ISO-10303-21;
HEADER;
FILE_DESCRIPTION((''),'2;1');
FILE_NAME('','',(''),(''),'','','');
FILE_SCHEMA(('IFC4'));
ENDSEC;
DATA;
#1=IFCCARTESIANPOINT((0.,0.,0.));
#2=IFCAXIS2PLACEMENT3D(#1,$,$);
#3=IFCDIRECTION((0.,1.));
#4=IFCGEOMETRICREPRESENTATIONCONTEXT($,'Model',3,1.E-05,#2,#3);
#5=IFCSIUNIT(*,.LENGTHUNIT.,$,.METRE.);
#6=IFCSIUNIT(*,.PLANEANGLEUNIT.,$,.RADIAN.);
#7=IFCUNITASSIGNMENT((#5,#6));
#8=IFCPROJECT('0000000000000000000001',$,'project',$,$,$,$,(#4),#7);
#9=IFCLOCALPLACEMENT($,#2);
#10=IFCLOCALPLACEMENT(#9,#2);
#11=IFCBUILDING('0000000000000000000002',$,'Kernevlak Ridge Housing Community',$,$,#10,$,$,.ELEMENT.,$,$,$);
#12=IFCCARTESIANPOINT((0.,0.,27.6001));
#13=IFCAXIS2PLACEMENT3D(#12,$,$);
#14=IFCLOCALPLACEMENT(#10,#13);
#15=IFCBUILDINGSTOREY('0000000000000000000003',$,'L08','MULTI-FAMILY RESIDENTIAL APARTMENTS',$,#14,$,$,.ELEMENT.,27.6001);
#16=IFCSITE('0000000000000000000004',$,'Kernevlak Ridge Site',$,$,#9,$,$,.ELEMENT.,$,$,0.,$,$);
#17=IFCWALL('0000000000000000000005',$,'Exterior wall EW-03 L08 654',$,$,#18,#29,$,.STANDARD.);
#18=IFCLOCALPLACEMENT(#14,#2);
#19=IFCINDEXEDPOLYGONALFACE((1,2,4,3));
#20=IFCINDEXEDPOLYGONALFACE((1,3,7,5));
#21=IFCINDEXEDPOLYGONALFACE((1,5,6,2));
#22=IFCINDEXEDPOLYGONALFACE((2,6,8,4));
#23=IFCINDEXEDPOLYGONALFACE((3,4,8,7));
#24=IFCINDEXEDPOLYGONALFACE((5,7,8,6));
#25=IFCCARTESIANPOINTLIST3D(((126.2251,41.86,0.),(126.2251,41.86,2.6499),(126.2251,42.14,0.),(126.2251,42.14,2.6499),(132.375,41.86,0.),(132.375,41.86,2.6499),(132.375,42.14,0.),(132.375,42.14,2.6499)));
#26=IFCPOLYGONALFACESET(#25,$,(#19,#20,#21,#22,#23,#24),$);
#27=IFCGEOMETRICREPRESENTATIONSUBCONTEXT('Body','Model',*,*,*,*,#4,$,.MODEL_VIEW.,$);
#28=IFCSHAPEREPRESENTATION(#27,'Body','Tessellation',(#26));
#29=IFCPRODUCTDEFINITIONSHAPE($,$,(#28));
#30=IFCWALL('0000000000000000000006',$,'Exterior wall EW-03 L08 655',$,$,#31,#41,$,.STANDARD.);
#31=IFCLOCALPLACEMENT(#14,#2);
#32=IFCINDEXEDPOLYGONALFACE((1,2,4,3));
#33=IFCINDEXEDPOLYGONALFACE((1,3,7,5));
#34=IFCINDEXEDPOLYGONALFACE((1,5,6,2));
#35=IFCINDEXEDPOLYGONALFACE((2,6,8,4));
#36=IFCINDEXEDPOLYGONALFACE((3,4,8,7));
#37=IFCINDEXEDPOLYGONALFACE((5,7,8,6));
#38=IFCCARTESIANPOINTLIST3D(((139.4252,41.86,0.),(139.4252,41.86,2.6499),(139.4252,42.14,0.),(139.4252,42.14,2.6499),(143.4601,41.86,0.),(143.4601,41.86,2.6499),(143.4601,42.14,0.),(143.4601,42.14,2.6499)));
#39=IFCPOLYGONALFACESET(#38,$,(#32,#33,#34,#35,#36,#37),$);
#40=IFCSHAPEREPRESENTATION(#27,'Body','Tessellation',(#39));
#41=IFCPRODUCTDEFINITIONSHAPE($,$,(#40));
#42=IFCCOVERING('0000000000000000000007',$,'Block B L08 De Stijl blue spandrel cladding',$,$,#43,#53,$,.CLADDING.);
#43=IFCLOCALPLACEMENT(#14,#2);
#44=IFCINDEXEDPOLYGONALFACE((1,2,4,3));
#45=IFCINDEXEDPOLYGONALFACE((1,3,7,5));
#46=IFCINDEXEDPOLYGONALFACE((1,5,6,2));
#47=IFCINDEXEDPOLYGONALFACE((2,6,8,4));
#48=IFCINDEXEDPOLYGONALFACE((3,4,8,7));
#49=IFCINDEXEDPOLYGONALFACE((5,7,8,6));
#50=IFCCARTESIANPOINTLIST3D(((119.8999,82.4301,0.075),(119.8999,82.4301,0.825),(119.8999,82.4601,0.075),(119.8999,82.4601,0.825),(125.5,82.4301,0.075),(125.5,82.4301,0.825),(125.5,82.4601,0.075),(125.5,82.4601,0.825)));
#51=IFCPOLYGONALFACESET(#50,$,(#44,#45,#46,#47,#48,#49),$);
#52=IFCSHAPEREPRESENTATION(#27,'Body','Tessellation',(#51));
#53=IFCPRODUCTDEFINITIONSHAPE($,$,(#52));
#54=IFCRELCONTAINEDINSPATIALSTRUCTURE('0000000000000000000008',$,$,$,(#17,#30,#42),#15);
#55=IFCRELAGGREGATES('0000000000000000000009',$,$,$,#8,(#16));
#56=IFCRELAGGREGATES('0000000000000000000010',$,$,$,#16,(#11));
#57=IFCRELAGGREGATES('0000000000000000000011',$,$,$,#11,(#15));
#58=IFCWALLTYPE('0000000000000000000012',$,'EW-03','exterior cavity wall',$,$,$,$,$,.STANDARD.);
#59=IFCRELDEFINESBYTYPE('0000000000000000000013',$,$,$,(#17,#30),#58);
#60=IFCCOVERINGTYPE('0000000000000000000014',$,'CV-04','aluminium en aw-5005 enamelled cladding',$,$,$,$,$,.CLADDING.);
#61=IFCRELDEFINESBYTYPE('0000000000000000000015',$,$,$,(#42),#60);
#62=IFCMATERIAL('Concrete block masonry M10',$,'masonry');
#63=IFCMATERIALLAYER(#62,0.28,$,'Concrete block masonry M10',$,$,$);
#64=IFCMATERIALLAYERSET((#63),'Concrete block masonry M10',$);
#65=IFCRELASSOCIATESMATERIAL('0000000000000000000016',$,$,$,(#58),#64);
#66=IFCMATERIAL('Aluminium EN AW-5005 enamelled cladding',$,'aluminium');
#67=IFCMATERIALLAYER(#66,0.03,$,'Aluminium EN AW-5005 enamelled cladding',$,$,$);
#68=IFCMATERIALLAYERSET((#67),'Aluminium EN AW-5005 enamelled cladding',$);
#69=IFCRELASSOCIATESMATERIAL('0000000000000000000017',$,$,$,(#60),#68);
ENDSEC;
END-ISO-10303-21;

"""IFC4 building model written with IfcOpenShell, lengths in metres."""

from ifc_helpers import new_model, si_unit, direction, frame, frame_2d, origin, origin_2d, place, context, subcontext, project, spatial, rectangle, extrude, material, layer, layer_set, type_object, element, save


model = new_model("IFC4")

# Units and contexts
model_context = context("Model", 3, precision=1e-05, world=origin(), true_north=direction((0.0, 1.0)))
body_context = subcontext(model_context, "Body", "Model", "MODEL_VIEW")
ifc_project = project(units=[si_unit("LENGTHUNIT", "METRE"), si_unit("PLANEANGLEUNIT", "RADIAN")], contexts=[model_context])

# Site, building, storey
site_placement = place(None, origin())
site = spatial("IfcSite", under=ifc_project, at=site_placement, Name="Kernevlak Ridge Site", CompositionType="ELEMENT", RefElevation=0.0)
building_placement = place(site_placement, origin())
building = spatial("IfcBuilding", under=site, at=building_placement, Name="Kernevlak Ridge Housing Community", CompositionType="ELEMENT")
storey_placement = place(building_placement, frame((0.0, 0.0, 27.6001)))
storey = spatial("IfcBuildingStorey", under=building, at=storey_placement, Name="L08", Description="MULTI-FAMILY RESIDENTIAL APARTMENTS", CompositionType="ELEMENT", Elevation=27.6001)

# Shared definitions
ifc_material_1 = material(Name="Concrete block masonry M10", Category="masonry")
ifc_layer_1 = layer(ifc_material_1, 0.28, Name="Concrete block masonry M10")
ifc_layer_set_1 = layer_set([ifc_layer_1], Name="Concrete block masonry M10")
wall_type = type_object("IfcWallType", Name="EW-03", Description="exterior cavity wall", PredefinedType="STANDARD", material=ifc_layer_set_1)

# Walls
wall_1_placement = place(storey_placement, frame((126.2251, 42.0, 0.0), z_axis=(0.0, 0.0, 1.0), x_axis=(1.0, 0.0, 0.0)))
element("IfcWall", 1, at=wall_1_placement, inside=storey, type_object=wall_type, Name="Exterior wall EW-03 L08 654", PredefinedType="STANDARD", context=body_context, shape_type="SweptSolid", body=[
    extrude(rectangle(XDim=6.1499, YDim=0.28, at=frame_2d((3.075, 0.0))), origin(), (0.0, 0.0, 1.0), 2.6499),
])
wall_2_placement = place(storey_placement, frame((139.425, 42.0, 0.0), z_axis=(0.0, 0.0, 1.0), x_axis=(1.0, 0.0, 0.0)))
element("IfcWall", 2, at=wall_2_placement, inside=storey, type_object=wall_type, Name="Exterior wall EW-03 L08 655", PredefinedType="STANDARD", context=body_context, shape_type="SweptSolid", body=[
    extrude(rectangle(XDim=4.0349, YDim=0.28, at=frame_2d((2.0176, 0.0))), origin(), (0.0, 0.0, 1.0), 2.6499),
])

# Covering
ifc_material_2 = material(Name="Aluminium EN AW-5005 enamelled cladding", Category="aluminium")
ifc_layer_2 = layer(ifc_material_2, 0.03, Name="Aluminium EN AW-5005 enamelled cladding")
ifc_layer_set_2 = layer_set([ifc_layer_2], Name="Aluminium EN AW-5005 enamelled cladding")
covering_type = type_object("IfcCoveringType", Name="CV-04", Description="aluminium en aw-5005 enamelled cladding", PredefinedType="CLADDING", material=ifc_layer_set_2)
covering_placement = place(storey_placement, frame((122.7, 82.4451, 0.075), z_axis=(0.0, 0.0, 1.0), x_axis=(1.0, 0.0, 0.0)))
element("IfcCovering", 3, at=covering_placement, inside=storey, type_object=covering_type, Name="Block B L08 De Stijl blue spandrel cladding", PredefinedType="CLADDING", context=body_context, shape_type="SweptSolid", body=[
    extrude(rectangle(XDim=5.6001, YDim=0.03, at=origin_2d()), origin(), (0.0, 0.0, 1.0), 0.75),
])

save(model, "model.ifc")
